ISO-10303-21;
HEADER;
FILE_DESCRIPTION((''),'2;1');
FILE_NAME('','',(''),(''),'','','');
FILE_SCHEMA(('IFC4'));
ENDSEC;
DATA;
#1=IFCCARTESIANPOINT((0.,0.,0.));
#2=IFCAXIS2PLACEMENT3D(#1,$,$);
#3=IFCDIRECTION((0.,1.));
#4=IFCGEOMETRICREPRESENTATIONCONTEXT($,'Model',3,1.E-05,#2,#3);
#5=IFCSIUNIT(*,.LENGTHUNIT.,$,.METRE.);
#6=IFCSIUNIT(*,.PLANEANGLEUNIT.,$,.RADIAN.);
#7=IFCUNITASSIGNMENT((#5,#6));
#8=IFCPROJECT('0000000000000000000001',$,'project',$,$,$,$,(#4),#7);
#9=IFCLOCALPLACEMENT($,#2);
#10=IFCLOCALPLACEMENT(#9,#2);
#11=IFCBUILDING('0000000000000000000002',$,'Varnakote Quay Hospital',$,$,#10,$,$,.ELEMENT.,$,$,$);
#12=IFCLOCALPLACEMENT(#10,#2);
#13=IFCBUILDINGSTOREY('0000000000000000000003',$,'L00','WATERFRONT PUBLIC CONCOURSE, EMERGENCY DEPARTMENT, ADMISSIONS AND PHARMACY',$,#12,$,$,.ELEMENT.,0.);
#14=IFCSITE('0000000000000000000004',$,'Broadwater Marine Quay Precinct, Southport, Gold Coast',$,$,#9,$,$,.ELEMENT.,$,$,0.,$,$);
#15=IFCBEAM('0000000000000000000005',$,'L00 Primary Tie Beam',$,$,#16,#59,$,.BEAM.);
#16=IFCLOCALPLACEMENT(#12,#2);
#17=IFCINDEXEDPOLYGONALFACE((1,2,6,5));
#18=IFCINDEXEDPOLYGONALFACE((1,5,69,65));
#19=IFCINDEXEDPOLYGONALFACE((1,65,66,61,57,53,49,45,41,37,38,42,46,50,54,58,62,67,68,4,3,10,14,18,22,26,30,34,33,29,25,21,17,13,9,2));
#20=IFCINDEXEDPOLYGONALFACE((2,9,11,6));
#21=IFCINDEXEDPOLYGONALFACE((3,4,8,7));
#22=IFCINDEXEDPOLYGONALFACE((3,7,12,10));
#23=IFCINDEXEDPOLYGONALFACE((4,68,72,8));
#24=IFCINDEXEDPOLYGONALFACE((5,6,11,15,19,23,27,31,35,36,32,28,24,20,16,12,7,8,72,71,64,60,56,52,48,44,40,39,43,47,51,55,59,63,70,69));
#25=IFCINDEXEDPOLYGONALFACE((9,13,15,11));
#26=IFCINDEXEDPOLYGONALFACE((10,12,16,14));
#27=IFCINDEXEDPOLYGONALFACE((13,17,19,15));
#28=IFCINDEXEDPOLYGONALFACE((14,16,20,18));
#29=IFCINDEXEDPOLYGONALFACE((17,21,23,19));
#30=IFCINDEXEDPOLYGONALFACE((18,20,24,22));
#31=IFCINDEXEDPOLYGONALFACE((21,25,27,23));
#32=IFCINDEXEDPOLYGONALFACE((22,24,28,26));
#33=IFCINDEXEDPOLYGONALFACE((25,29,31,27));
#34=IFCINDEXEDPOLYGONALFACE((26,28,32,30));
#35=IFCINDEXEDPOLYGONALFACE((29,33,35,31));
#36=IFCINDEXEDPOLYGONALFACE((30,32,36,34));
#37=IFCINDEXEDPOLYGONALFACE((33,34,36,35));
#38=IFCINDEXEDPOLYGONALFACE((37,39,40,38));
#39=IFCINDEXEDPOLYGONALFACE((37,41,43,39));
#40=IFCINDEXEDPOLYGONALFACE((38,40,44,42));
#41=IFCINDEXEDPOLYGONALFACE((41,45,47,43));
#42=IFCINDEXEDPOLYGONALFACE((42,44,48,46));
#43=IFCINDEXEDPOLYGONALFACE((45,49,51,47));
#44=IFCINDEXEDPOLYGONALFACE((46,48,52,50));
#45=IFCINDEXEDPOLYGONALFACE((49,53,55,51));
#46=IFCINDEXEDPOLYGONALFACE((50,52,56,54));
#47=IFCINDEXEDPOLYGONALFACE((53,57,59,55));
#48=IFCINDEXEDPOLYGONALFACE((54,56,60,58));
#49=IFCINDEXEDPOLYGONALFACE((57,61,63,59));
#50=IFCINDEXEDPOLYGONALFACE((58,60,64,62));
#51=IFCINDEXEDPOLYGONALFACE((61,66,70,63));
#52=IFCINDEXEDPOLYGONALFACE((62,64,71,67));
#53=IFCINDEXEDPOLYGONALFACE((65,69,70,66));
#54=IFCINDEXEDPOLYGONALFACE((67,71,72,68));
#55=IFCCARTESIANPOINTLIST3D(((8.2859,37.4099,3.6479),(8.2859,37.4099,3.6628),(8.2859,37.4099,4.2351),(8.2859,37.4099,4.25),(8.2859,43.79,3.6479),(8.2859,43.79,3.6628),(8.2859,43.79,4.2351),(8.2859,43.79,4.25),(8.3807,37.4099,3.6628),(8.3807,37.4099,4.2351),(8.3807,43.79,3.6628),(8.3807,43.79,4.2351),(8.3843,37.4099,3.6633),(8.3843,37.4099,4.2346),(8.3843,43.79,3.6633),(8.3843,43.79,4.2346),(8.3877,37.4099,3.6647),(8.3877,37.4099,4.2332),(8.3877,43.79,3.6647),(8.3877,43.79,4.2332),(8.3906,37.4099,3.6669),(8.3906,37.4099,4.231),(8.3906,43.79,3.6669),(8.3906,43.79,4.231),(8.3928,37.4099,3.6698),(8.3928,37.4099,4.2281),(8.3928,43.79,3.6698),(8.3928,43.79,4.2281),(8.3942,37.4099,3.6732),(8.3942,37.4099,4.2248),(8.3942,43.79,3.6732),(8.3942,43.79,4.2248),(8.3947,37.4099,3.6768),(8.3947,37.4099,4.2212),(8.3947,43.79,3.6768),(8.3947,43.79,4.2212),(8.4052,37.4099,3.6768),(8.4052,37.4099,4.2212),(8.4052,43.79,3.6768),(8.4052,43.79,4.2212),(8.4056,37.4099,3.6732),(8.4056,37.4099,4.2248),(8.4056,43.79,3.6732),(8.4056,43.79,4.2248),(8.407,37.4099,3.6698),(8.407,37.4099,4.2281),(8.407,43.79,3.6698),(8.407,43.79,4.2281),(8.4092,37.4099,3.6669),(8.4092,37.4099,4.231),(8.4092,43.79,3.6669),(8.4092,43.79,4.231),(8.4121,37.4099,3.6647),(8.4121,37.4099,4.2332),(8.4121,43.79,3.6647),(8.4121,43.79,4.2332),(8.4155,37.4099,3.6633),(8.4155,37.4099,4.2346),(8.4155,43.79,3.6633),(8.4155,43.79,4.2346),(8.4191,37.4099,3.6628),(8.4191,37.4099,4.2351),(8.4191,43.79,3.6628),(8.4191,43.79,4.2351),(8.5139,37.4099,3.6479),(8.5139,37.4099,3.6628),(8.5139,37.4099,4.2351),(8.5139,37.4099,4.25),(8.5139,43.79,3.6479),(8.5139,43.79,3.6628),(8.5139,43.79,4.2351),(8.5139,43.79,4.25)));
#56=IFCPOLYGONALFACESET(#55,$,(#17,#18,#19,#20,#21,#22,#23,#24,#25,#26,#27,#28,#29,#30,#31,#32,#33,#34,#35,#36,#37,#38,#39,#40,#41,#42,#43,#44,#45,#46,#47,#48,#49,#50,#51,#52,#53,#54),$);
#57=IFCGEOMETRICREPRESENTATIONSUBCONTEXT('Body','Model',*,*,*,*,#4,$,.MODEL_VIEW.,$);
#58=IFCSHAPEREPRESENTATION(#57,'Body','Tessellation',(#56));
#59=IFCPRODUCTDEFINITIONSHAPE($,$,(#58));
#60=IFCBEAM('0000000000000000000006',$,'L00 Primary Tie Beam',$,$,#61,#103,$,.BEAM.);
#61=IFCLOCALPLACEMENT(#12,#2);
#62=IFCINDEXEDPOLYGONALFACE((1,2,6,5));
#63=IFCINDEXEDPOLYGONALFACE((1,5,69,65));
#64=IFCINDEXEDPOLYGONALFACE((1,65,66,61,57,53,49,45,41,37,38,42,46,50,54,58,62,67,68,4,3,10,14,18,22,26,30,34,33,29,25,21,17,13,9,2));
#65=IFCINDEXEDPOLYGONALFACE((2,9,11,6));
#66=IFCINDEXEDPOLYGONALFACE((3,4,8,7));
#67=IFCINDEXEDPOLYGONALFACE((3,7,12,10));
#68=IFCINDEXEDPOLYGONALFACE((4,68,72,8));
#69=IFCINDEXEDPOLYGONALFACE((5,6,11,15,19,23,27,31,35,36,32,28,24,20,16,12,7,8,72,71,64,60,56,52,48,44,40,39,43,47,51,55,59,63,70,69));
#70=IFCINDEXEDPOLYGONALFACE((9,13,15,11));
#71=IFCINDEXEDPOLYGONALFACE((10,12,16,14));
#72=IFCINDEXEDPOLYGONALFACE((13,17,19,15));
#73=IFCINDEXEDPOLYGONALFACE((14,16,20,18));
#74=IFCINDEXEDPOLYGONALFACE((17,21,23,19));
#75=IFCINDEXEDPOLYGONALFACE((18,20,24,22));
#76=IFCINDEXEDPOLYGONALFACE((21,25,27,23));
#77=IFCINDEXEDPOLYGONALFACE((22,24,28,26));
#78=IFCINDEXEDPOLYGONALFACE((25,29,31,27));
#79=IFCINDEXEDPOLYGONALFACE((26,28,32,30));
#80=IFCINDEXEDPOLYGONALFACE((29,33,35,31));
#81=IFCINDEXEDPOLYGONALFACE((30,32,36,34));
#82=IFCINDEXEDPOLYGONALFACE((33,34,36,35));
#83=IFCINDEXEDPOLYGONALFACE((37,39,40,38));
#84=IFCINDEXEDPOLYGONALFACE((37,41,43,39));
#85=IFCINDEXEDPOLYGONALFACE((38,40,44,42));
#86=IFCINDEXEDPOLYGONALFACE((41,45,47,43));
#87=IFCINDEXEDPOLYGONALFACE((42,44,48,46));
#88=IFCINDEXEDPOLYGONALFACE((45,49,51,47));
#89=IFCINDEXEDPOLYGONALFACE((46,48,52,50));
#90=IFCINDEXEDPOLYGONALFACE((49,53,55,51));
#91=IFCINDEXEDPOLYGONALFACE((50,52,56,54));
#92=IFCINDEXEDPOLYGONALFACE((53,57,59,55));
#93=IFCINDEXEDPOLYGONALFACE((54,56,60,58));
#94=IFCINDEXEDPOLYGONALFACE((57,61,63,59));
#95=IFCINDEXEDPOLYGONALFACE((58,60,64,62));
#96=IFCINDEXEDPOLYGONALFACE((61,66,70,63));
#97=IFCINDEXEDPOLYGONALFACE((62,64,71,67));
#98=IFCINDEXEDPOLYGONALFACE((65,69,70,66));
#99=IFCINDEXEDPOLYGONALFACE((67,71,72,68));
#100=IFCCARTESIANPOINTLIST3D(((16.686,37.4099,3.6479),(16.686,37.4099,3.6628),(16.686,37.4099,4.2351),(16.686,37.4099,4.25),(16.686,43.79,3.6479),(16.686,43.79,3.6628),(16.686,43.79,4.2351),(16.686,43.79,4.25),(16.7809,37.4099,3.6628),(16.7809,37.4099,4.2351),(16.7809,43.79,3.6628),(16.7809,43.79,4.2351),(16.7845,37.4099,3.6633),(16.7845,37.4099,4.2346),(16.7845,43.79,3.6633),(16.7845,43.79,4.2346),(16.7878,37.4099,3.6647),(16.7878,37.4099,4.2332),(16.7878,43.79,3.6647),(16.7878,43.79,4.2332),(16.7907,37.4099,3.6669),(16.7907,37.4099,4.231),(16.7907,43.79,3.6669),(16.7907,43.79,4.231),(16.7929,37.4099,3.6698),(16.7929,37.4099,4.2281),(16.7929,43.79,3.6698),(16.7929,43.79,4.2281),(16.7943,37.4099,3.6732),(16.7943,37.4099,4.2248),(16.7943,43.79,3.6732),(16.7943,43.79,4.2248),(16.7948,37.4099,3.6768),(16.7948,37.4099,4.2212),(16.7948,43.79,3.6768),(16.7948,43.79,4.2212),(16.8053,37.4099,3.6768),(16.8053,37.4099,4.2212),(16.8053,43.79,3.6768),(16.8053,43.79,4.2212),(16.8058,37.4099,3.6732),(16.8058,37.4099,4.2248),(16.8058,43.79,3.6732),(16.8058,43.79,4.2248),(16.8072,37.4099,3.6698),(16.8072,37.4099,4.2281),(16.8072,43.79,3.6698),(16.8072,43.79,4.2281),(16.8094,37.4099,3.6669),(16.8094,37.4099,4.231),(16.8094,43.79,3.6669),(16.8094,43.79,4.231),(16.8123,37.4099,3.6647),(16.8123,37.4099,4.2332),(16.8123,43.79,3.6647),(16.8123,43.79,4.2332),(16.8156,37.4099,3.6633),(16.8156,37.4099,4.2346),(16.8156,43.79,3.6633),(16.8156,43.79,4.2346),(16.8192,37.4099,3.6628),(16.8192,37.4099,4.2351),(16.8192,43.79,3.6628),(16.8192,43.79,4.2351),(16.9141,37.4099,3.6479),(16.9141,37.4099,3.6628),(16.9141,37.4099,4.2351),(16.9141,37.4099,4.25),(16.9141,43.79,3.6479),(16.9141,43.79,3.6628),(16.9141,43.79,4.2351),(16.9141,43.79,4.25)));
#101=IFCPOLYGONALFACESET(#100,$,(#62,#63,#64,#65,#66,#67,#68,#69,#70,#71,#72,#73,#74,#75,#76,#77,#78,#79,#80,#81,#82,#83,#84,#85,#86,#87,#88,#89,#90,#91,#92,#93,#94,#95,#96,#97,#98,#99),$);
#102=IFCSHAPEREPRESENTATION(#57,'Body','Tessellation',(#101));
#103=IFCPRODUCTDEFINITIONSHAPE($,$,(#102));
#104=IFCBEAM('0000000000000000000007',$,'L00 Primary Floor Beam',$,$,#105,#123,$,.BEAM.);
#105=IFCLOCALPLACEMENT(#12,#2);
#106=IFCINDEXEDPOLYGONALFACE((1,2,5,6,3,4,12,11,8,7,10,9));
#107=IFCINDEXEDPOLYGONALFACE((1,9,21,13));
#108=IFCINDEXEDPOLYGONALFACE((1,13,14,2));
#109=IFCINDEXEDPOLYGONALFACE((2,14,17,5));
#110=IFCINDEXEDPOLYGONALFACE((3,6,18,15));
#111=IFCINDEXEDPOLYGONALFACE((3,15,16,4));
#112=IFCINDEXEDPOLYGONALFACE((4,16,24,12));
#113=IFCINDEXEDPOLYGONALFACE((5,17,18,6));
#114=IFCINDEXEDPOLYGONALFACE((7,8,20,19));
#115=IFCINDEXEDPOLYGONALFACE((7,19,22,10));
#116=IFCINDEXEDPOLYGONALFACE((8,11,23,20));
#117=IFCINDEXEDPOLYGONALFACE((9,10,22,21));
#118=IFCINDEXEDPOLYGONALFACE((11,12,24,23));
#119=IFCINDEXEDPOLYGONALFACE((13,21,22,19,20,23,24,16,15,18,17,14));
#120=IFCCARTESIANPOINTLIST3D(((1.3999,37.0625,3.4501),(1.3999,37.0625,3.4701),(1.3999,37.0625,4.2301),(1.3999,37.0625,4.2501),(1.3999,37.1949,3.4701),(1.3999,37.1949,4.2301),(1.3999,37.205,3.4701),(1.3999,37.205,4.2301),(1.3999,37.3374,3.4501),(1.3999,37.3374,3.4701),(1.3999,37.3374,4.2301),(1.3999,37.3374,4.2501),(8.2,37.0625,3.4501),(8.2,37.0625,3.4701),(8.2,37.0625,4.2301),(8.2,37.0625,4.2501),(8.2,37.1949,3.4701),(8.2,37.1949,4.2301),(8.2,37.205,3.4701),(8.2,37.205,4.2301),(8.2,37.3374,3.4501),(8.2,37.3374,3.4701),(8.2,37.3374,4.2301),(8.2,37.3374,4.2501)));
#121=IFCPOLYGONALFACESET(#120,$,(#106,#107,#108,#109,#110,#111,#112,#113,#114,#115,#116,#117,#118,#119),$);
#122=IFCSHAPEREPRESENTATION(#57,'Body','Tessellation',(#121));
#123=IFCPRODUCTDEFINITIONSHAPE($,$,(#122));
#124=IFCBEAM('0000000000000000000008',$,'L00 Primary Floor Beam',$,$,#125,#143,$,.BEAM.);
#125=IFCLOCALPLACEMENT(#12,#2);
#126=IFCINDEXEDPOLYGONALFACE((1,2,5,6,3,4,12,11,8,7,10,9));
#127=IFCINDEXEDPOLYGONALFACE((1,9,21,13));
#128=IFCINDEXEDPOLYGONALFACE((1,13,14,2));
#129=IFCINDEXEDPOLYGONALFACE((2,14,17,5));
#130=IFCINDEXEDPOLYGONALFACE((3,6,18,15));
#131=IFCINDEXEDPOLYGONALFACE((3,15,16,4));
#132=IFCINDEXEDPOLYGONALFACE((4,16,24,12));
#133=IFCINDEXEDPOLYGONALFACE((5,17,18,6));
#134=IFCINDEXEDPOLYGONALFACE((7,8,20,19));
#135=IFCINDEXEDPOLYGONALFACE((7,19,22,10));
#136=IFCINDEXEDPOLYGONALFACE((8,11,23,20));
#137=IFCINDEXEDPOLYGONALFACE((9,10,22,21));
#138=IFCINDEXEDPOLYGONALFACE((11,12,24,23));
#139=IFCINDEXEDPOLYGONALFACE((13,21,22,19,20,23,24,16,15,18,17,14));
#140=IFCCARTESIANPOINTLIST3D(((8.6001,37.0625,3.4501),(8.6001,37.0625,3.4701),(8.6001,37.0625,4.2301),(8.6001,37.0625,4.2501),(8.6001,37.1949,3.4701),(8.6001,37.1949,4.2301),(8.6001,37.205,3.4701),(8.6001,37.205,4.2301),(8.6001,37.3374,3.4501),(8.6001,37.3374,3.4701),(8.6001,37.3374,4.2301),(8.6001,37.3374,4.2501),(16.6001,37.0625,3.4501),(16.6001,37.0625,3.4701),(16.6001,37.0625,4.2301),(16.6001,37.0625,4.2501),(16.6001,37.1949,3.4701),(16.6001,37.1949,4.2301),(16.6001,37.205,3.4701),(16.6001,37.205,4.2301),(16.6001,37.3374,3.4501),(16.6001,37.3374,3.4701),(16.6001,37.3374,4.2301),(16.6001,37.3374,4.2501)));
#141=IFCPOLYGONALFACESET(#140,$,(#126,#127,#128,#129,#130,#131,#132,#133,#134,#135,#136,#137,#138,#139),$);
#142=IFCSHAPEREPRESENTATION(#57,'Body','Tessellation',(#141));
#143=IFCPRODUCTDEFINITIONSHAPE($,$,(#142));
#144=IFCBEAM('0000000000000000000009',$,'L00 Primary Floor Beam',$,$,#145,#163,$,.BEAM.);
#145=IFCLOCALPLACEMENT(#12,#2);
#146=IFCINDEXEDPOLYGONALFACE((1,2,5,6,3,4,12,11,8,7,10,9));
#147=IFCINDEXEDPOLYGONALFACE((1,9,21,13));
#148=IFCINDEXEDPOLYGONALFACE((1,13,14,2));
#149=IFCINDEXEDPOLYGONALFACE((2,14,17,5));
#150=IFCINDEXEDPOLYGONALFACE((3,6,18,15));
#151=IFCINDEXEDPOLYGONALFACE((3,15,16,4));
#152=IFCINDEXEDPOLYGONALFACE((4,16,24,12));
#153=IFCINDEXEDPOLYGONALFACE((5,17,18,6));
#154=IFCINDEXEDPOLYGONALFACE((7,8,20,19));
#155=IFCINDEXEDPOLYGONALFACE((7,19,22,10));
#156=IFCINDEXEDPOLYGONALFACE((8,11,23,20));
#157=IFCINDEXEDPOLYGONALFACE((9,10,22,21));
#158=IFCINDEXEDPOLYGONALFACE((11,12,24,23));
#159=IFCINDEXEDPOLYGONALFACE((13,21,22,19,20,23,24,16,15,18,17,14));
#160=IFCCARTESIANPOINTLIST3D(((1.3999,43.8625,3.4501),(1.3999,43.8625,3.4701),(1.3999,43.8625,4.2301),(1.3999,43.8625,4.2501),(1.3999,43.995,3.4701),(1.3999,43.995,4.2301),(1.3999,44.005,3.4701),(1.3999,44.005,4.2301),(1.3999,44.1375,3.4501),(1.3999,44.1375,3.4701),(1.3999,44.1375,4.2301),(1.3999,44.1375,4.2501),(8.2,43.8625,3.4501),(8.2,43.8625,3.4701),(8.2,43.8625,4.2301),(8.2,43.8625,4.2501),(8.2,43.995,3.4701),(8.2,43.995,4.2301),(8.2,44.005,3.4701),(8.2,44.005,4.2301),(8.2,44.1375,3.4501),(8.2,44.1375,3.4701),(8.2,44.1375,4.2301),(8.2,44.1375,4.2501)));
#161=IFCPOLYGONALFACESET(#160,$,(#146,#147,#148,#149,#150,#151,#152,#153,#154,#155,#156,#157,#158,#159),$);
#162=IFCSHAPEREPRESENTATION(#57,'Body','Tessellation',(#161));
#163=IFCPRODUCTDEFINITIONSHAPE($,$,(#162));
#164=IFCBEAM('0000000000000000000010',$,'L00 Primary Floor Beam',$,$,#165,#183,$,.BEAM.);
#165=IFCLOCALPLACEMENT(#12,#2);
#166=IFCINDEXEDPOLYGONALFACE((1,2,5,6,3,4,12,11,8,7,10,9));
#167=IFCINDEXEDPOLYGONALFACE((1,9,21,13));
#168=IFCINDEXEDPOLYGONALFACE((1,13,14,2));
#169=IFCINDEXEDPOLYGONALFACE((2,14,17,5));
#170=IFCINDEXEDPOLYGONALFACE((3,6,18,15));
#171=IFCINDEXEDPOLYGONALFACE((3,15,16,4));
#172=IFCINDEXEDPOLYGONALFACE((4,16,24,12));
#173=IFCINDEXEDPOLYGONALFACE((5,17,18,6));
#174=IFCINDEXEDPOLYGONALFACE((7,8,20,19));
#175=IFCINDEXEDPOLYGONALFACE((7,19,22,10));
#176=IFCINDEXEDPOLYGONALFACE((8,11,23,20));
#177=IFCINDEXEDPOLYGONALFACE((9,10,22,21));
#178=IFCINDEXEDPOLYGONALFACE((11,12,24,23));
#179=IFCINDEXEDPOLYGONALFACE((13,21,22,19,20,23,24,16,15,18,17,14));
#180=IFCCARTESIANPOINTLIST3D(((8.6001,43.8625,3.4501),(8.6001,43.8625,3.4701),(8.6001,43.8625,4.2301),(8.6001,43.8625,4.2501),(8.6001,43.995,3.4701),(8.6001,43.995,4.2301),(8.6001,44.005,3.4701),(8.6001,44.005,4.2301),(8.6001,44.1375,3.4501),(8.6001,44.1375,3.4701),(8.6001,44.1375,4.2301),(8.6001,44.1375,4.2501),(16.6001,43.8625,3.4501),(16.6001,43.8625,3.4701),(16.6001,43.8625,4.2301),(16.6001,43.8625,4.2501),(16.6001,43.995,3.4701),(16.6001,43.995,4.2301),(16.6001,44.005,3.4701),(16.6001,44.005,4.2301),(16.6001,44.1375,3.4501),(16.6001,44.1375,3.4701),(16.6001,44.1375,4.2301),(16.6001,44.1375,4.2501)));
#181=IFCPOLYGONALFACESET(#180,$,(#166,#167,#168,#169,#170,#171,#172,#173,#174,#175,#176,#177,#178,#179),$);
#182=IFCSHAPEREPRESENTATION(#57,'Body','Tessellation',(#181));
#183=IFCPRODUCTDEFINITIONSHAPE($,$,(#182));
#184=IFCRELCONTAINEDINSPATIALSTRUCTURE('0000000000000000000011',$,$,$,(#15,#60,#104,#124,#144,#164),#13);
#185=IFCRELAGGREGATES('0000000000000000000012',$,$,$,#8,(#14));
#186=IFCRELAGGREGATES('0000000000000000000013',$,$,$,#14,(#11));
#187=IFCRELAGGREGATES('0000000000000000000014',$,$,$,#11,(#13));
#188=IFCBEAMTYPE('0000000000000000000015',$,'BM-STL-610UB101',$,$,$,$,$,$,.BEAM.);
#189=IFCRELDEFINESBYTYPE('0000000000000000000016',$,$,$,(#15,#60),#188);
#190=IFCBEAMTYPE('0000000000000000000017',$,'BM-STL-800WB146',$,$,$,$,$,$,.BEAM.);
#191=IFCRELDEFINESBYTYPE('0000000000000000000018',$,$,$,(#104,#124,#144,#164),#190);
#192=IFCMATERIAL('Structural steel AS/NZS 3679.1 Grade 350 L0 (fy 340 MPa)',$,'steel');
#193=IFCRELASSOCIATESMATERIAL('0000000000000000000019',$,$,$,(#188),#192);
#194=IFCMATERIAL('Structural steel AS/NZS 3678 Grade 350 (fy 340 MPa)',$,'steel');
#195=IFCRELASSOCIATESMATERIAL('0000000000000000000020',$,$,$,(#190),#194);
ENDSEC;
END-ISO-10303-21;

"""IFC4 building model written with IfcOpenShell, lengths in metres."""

from ifc_helpers import new_model, si_unit, direction, frame, origin, origin_2d, place, context, subcontext, project, spatial, i_section, extrude, material, material_profile, profile_set, type_object, element, save


model = new_model("IFC4")

# Units and contexts
model_context = context("Model", 3, precision=1e-05, world=origin(), true_north=direction((0.0, 1.0)))
body_context = subcontext(model_context, "Body", "Model", "MODEL_VIEW")
ifc_project = project(units=[si_unit("LENGTHUNIT", "METRE"), si_unit("PLANEANGLEUNIT", "RADIAN")], contexts=[model_context])

# Site, building, storey
site_placement = place(None, origin())
site = spatial("IfcSite", under=ifc_project, at=site_placement, Name="Broadwater Marine Quay Precinct, Southport, Gold Coast", CompositionType="ELEMENT", RefElevation=0.0)
building_placement = place(site_placement, origin())
building = spatial("IfcBuilding", under=site, at=building_placement, Name="Varnakote Quay Hospital", CompositionType="ELEMENT")
storey_placement = place(building_placement, origin())
storey = spatial("IfcBuildingStorey", under=building, at=storey_placement, Name="L00", Description="WATERFRONT PUBLIC CONCOURSE, EMERGENCY DEPARTMENT, ADMISSIONS AND PHARMACY", CompositionType="ELEMENT", Elevation=0.0)

# Beams
ifc_material_1 = material(Name="Structural steel AS/NZS 3679.1 Grade 350 L0 (fy 340 MPa)", Category="steel")
ifc_material_profile_1 = material_profile(ifc_material_1, i_section(OverallWidth=0.228, OverallDepth=0.6021, WebThickness=0.0105, FlangeThickness=0.0149, FilletRadius=0.0139, at=origin_2d()), Name="610UB101")
ifc_profile_set_1 = profile_set([ifc_material_profile_1], Name="Structural steel AS/NZS 3679.1 Grade 350 L0 (fy 340 MPa)")
beam_type_1 = type_object("IfcBeamType", Name="BM-STL-610UB101", PredefinedType="BEAM", material=ifc_profile_set_1)
for number, where, z_axis, x_axis, name in (
    (1, (8.3999, 37.4099, 3.949), (0.0, 1.0, 0.0), (-1.0, 0.0, 0.0), "L00 Primary Tie Beam"),
    (2, (16.8, 37.4099, 3.949), (0.0, 1.0, 0.0), (-1.0, 0.0, 0.0), "L00 Primary Tie Beam"),
):
    element("IfcBeam", number, at=place(storey_placement, frame(where, z_axis=z_axis, x_axis=x_axis)), inside=storey, type_object=beam_type_1, Name=name, PredefinedType="BEAM", context=body_context, shape_type="SweptSolid", body=[
        extrude(i_section(OverallWidth=0.228, OverallDepth=0.6021, WebThickness=0.0105, FlangeThickness=0.0149, FilletRadius=0.0139, at=origin_2d()), origin(), (0.0, 0.0, 1.0), 6.3801),
    ])
ifc_material_2 = material(Name="Structural steel AS/NZS 3678 Grade 350 (fy 340 MPa)", Category="steel")
ifc_material_profile_2 = material_profile(ifc_material_2, i_section(OverallWidth=0.2749, OverallDepth=0.8, WebThickness=0.01, FlangeThickness=0.02, at=origin_2d()), Name="800WB146")
ifc_profile_set_2 = profile_set([ifc_material_profile_2], Name="Structural steel AS/NZS 3678 Grade 350 (fy 340 MPa)")
beam_type_2 = type_object("IfcBeamType", Name="BM-STL-800WB146", PredefinedType="BEAM", material=ifc_profile_set_2)
beam_1_placement = place(storey_placement, frame((1.3999, 37.2, 3.8501), z_axis=(1.0, 0.0, 0.0), x_axis=(0.0, 1.0, 0.0)))
element("IfcBeam", 3, at=beam_1_placement, inside=storey, type_object=beam_type_2, Name="L00 Primary Floor Beam", PredefinedType="BEAM", context=body_context, shape_type="SweptSolid", body=[
    extrude(i_section(OverallWidth=0.2749, OverallDepth=0.8, WebThickness=0.01, FlangeThickness=0.02, at=origin_2d()), origin(), (0.0, 0.0, 1.0), 6.8),
])
beam_2_placement = place(storey_placement, frame((8.6001, 37.2, 3.8501), z_axis=(1.0, 0.0, 0.0), x_axis=(0.0, 1.0, 0.0)))
element("IfcBeam", 4, at=beam_2_placement, inside=storey, type_object=beam_type_2, Name="L00 Primary Floor Beam", PredefinedType="BEAM", context=body_context, shape_type="SweptSolid", body=[
    extrude(i_section(OverallWidth=0.2749, OverallDepth=0.8, WebThickness=0.01, FlangeThickness=0.02, at=origin_2d()), origin(), (0.0, 0.0, 1.0), 8.0),
])
beam_3_placement = place(storey_placement, frame((1.3999, 44.0, 3.8501), z_axis=(1.0, 0.0, 0.0), x_axis=(0.0, 1.0, 0.0)))
element("IfcBeam", 5, at=beam_3_placement, inside=storey, type_object=beam_type_2, Name="L00 Primary Floor Beam", PredefinedType="BEAM", context=body_context, shape_type="SweptSolid", body=[
    extrude(i_section(OverallWidth=0.2749, OverallDepth=0.8, WebThickness=0.01, FlangeThickness=0.02, at=origin_2d()), origin(), (0.0, 0.0, 1.0), 6.8),
])
beam_4_placement = place(storey_placement, frame((8.6001, 44.0, 3.8501), z_axis=(1.0, 0.0, 0.0), x_axis=(0.0, 1.0, 0.0)))
element("IfcBeam", 6, at=beam_4_placement, inside=storey, type_object=beam_type_2, Name="L00 Primary Floor Beam", PredefinedType="BEAM", context=body_context, shape_type="SweptSolid", body=[
    extrude(i_section(OverallWidth=0.2749, OverallDepth=0.8, WebThickness=0.01, FlangeThickness=0.02, at=origin_2d()), origin(), (0.0, 0.0, 1.0), 8.0),
])

save(model, "model.ifc")
